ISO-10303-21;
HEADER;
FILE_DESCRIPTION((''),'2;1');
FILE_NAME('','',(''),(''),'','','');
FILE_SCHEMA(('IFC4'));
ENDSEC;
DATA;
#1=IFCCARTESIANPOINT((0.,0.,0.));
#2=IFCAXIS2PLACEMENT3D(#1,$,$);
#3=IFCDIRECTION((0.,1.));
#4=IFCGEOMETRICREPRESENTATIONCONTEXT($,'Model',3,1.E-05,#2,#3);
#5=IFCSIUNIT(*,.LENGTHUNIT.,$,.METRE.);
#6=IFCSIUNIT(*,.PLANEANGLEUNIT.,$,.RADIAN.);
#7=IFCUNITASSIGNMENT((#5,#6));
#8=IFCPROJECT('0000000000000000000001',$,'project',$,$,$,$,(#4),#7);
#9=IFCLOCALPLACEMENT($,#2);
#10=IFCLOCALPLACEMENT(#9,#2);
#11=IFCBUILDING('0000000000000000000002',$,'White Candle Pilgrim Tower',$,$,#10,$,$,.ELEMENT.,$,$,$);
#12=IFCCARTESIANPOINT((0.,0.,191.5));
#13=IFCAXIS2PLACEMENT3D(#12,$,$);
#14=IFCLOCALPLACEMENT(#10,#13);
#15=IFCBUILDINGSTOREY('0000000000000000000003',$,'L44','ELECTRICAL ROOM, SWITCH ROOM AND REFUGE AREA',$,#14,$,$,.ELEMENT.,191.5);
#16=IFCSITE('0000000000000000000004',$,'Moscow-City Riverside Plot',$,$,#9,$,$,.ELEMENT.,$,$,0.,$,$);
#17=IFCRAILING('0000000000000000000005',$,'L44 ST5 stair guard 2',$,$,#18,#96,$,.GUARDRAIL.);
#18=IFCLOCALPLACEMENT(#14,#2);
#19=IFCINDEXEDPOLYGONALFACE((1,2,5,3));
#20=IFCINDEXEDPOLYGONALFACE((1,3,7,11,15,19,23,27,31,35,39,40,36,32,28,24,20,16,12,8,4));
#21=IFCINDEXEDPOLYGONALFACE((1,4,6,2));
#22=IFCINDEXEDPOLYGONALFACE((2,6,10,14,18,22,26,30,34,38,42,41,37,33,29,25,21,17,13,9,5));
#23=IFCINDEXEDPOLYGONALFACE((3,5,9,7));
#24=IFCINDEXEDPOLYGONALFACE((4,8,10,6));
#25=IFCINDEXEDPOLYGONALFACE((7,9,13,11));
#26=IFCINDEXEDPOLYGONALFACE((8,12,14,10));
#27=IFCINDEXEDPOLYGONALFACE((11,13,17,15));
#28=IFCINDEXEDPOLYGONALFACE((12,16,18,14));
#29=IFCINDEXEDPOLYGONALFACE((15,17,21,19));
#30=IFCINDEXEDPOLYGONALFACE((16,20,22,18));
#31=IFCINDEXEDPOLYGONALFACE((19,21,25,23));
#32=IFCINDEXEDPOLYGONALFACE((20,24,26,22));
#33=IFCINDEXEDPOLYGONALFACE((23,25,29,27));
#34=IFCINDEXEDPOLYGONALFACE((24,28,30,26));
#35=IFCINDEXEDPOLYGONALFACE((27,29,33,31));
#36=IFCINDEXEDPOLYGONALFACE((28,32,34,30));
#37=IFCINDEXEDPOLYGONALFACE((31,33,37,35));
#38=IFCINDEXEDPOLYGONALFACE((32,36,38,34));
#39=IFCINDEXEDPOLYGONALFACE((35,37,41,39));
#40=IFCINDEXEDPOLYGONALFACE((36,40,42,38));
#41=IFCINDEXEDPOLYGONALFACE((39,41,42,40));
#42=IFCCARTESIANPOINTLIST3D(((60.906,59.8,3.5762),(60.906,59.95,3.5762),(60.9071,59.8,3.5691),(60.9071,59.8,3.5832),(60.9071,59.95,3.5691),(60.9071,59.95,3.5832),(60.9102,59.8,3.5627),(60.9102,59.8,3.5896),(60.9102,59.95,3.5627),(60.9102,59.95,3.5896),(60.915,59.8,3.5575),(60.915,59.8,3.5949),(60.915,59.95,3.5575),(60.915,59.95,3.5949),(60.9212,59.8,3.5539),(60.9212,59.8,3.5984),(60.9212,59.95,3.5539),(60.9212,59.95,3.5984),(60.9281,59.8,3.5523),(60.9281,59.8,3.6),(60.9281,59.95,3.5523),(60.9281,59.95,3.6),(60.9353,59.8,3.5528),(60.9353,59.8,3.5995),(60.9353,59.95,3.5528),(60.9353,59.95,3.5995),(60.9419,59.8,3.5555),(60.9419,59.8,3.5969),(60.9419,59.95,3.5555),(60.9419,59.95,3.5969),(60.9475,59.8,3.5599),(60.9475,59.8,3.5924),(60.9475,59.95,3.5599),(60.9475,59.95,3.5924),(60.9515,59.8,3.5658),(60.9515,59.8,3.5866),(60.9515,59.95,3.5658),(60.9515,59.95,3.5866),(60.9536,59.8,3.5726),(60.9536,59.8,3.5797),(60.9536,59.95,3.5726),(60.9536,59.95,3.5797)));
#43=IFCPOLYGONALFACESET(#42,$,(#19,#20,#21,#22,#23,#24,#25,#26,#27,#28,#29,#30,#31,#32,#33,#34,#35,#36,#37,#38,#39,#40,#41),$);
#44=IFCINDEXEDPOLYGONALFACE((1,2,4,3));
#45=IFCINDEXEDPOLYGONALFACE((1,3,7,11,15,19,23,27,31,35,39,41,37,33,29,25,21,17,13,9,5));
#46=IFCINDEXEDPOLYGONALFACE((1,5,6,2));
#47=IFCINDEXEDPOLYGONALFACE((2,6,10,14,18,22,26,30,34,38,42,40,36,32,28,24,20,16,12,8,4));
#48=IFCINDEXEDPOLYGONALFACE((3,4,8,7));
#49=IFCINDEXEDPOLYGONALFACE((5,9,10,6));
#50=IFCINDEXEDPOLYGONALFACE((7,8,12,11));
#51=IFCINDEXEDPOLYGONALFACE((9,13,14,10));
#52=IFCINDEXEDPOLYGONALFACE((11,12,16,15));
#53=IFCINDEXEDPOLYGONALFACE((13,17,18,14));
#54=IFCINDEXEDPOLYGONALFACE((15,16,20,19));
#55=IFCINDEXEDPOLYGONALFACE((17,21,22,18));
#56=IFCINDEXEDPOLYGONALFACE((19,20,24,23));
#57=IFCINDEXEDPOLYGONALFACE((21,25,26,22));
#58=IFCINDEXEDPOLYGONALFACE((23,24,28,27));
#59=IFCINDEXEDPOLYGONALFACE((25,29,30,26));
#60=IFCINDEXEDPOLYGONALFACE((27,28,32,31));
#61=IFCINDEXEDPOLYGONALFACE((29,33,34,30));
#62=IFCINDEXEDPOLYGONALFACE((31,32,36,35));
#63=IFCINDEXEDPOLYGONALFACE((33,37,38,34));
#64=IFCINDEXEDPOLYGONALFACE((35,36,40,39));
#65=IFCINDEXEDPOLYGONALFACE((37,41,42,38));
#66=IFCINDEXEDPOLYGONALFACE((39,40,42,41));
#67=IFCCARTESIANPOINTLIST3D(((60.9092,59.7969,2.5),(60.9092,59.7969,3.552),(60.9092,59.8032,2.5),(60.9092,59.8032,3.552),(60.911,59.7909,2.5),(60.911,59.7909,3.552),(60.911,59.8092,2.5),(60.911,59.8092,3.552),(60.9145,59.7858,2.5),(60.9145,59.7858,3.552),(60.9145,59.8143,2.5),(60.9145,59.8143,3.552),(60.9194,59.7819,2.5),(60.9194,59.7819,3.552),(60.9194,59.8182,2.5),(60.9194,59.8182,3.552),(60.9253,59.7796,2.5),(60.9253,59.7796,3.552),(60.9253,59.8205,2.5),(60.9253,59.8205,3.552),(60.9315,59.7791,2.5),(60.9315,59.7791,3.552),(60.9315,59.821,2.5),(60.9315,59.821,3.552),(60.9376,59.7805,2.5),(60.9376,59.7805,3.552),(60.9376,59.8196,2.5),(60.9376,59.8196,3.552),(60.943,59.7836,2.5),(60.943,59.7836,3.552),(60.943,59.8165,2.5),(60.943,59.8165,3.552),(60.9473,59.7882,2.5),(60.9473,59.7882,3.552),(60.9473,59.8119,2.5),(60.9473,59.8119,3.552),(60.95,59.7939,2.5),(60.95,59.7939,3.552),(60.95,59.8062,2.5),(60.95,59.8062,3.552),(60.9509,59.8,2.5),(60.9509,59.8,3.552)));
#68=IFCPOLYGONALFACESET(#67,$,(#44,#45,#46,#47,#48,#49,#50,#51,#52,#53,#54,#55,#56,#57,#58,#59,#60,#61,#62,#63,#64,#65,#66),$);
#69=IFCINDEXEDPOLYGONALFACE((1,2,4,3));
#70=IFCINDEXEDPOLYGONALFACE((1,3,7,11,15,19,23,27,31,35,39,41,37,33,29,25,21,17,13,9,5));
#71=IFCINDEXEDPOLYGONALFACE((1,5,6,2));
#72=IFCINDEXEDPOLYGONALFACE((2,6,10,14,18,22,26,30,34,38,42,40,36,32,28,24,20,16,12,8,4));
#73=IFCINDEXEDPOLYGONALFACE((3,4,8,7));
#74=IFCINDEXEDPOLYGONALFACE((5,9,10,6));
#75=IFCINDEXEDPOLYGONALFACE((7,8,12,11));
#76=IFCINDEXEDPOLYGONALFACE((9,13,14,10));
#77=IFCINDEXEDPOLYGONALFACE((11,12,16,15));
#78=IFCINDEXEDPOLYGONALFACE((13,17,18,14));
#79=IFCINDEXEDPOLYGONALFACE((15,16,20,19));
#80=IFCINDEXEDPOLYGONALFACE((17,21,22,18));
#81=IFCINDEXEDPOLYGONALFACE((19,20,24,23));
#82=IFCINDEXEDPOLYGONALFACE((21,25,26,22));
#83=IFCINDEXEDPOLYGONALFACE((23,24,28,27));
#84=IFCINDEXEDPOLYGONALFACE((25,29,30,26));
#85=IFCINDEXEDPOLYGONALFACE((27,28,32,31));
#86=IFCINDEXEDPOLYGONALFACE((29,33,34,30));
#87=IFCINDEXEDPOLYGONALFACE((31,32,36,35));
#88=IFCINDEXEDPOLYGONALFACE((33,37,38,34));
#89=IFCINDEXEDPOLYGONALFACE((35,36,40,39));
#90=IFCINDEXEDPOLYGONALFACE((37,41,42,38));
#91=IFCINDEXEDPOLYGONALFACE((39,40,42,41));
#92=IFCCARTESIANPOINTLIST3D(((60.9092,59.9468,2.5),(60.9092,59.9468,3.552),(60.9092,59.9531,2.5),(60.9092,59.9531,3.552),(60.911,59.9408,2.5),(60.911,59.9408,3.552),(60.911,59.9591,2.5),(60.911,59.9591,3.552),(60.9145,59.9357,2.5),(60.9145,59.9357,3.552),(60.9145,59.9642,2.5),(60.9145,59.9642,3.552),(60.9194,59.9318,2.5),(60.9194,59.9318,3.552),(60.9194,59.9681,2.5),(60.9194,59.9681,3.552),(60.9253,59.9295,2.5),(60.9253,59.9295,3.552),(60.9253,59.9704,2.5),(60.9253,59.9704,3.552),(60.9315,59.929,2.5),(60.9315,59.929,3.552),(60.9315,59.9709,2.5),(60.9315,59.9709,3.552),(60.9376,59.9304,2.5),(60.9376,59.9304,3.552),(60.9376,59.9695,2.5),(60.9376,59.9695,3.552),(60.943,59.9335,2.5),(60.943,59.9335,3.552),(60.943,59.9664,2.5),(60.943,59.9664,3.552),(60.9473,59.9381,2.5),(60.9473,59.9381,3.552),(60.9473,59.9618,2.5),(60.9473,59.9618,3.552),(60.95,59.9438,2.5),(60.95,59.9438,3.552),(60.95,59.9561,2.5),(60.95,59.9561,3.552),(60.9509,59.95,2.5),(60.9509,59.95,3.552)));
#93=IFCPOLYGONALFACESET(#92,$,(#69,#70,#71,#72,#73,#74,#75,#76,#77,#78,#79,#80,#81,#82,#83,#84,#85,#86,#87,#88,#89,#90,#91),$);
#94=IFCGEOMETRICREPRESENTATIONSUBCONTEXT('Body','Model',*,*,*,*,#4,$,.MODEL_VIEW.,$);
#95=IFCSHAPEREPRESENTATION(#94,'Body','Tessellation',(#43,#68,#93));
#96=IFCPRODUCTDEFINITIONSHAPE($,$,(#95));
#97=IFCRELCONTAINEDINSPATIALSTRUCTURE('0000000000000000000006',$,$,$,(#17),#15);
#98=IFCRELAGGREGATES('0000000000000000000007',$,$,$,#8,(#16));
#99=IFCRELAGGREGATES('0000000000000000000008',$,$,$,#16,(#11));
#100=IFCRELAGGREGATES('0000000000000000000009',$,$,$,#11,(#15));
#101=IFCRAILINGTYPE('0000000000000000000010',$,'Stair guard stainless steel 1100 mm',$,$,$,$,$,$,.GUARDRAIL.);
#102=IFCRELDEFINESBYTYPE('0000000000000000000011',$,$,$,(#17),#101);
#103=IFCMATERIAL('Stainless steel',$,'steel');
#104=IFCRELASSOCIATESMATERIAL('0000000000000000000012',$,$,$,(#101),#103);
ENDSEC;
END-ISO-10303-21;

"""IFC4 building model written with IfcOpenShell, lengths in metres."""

from ifc_helpers import new_model, si_unit, direction, frame, origin, origin_2d, place, context, subcontext, project, spatial, circle, extrude, material, type_object, element, save


model = new_model("IFC4")

# Units and contexts
model_context = context("Model", 3, precision=1e-05, world=origin(), true_north=direction((0.0, 1.0)))
body_context = subcontext(model_context, "Body", "Model", "MODEL_VIEW")
ifc_project = project(units=[si_unit("LENGTHUNIT", "METRE"), si_unit("PLANEANGLEUNIT", "RADIAN")], contexts=[model_context])

# Site, building, storey
site_placement = place(None, origin())
site = spatial("IfcSite", under=ifc_project, at=site_placement, Name="Moscow-City Riverside Plot", CompositionType="ELEMENT", RefElevation=0.0)
building_placement = place(site_placement, origin())
building = spatial("IfcBuilding", under=site, at=building_placement, Name="White Candle Pilgrim Tower", CompositionType="ELEMENT")
storey_placement = place(building_placement, frame((0.0, 0.0, 191.5)))
storey = spatial("IfcBuildingStorey", under=building, at=storey_placement, Name="L44", Description="ELECTRICAL ROOM, SWITCH ROOM AND REFUGE AREA", CompositionType="ELEMENT", Elevation=191.5)

# Railing
ifc_material_1 = material(Name="Stainless steel", Category="steel")
railing_type_1 = type_object("IfcRailingType", Name="Stair guard stainless steel 1100 mm", PredefinedType="GUARDRAIL", material=ifc_material_1)
railing_1_placement = place(storey_placement, frame((60.9299, 59.8, 2.5)))
element("IfcRailing", 1, at=railing_1_placement, inside=storey, type_object=railing_type_1, Name="L44 ST5 stair guard 2", PredefinedType="GUARDRAIL", context=body_context, shape_type="SweptSolid", body=[
    extrude(circle(Radius=0.0239, at=origin_2d()), frame((0.0, 0.0, 1.0762), z_axis=(0.0, 1.0, 0.0), x_axis=(-1.0, 0.0, 0.0)), (0.0, 0.0, 1.0), 0.1499),
    extrude(circle(Radius=0.021, at=origin_2d()), origin(), (0.0, 0.0, 1.0), 1.052),
    extrude(circle(Radius=0.021, at=origin_2d()), frame((0.0, 0.1499, 0.0)), (0.0, 0.0, 1.0), 1.052),
])

save(model, "model.ifc")
